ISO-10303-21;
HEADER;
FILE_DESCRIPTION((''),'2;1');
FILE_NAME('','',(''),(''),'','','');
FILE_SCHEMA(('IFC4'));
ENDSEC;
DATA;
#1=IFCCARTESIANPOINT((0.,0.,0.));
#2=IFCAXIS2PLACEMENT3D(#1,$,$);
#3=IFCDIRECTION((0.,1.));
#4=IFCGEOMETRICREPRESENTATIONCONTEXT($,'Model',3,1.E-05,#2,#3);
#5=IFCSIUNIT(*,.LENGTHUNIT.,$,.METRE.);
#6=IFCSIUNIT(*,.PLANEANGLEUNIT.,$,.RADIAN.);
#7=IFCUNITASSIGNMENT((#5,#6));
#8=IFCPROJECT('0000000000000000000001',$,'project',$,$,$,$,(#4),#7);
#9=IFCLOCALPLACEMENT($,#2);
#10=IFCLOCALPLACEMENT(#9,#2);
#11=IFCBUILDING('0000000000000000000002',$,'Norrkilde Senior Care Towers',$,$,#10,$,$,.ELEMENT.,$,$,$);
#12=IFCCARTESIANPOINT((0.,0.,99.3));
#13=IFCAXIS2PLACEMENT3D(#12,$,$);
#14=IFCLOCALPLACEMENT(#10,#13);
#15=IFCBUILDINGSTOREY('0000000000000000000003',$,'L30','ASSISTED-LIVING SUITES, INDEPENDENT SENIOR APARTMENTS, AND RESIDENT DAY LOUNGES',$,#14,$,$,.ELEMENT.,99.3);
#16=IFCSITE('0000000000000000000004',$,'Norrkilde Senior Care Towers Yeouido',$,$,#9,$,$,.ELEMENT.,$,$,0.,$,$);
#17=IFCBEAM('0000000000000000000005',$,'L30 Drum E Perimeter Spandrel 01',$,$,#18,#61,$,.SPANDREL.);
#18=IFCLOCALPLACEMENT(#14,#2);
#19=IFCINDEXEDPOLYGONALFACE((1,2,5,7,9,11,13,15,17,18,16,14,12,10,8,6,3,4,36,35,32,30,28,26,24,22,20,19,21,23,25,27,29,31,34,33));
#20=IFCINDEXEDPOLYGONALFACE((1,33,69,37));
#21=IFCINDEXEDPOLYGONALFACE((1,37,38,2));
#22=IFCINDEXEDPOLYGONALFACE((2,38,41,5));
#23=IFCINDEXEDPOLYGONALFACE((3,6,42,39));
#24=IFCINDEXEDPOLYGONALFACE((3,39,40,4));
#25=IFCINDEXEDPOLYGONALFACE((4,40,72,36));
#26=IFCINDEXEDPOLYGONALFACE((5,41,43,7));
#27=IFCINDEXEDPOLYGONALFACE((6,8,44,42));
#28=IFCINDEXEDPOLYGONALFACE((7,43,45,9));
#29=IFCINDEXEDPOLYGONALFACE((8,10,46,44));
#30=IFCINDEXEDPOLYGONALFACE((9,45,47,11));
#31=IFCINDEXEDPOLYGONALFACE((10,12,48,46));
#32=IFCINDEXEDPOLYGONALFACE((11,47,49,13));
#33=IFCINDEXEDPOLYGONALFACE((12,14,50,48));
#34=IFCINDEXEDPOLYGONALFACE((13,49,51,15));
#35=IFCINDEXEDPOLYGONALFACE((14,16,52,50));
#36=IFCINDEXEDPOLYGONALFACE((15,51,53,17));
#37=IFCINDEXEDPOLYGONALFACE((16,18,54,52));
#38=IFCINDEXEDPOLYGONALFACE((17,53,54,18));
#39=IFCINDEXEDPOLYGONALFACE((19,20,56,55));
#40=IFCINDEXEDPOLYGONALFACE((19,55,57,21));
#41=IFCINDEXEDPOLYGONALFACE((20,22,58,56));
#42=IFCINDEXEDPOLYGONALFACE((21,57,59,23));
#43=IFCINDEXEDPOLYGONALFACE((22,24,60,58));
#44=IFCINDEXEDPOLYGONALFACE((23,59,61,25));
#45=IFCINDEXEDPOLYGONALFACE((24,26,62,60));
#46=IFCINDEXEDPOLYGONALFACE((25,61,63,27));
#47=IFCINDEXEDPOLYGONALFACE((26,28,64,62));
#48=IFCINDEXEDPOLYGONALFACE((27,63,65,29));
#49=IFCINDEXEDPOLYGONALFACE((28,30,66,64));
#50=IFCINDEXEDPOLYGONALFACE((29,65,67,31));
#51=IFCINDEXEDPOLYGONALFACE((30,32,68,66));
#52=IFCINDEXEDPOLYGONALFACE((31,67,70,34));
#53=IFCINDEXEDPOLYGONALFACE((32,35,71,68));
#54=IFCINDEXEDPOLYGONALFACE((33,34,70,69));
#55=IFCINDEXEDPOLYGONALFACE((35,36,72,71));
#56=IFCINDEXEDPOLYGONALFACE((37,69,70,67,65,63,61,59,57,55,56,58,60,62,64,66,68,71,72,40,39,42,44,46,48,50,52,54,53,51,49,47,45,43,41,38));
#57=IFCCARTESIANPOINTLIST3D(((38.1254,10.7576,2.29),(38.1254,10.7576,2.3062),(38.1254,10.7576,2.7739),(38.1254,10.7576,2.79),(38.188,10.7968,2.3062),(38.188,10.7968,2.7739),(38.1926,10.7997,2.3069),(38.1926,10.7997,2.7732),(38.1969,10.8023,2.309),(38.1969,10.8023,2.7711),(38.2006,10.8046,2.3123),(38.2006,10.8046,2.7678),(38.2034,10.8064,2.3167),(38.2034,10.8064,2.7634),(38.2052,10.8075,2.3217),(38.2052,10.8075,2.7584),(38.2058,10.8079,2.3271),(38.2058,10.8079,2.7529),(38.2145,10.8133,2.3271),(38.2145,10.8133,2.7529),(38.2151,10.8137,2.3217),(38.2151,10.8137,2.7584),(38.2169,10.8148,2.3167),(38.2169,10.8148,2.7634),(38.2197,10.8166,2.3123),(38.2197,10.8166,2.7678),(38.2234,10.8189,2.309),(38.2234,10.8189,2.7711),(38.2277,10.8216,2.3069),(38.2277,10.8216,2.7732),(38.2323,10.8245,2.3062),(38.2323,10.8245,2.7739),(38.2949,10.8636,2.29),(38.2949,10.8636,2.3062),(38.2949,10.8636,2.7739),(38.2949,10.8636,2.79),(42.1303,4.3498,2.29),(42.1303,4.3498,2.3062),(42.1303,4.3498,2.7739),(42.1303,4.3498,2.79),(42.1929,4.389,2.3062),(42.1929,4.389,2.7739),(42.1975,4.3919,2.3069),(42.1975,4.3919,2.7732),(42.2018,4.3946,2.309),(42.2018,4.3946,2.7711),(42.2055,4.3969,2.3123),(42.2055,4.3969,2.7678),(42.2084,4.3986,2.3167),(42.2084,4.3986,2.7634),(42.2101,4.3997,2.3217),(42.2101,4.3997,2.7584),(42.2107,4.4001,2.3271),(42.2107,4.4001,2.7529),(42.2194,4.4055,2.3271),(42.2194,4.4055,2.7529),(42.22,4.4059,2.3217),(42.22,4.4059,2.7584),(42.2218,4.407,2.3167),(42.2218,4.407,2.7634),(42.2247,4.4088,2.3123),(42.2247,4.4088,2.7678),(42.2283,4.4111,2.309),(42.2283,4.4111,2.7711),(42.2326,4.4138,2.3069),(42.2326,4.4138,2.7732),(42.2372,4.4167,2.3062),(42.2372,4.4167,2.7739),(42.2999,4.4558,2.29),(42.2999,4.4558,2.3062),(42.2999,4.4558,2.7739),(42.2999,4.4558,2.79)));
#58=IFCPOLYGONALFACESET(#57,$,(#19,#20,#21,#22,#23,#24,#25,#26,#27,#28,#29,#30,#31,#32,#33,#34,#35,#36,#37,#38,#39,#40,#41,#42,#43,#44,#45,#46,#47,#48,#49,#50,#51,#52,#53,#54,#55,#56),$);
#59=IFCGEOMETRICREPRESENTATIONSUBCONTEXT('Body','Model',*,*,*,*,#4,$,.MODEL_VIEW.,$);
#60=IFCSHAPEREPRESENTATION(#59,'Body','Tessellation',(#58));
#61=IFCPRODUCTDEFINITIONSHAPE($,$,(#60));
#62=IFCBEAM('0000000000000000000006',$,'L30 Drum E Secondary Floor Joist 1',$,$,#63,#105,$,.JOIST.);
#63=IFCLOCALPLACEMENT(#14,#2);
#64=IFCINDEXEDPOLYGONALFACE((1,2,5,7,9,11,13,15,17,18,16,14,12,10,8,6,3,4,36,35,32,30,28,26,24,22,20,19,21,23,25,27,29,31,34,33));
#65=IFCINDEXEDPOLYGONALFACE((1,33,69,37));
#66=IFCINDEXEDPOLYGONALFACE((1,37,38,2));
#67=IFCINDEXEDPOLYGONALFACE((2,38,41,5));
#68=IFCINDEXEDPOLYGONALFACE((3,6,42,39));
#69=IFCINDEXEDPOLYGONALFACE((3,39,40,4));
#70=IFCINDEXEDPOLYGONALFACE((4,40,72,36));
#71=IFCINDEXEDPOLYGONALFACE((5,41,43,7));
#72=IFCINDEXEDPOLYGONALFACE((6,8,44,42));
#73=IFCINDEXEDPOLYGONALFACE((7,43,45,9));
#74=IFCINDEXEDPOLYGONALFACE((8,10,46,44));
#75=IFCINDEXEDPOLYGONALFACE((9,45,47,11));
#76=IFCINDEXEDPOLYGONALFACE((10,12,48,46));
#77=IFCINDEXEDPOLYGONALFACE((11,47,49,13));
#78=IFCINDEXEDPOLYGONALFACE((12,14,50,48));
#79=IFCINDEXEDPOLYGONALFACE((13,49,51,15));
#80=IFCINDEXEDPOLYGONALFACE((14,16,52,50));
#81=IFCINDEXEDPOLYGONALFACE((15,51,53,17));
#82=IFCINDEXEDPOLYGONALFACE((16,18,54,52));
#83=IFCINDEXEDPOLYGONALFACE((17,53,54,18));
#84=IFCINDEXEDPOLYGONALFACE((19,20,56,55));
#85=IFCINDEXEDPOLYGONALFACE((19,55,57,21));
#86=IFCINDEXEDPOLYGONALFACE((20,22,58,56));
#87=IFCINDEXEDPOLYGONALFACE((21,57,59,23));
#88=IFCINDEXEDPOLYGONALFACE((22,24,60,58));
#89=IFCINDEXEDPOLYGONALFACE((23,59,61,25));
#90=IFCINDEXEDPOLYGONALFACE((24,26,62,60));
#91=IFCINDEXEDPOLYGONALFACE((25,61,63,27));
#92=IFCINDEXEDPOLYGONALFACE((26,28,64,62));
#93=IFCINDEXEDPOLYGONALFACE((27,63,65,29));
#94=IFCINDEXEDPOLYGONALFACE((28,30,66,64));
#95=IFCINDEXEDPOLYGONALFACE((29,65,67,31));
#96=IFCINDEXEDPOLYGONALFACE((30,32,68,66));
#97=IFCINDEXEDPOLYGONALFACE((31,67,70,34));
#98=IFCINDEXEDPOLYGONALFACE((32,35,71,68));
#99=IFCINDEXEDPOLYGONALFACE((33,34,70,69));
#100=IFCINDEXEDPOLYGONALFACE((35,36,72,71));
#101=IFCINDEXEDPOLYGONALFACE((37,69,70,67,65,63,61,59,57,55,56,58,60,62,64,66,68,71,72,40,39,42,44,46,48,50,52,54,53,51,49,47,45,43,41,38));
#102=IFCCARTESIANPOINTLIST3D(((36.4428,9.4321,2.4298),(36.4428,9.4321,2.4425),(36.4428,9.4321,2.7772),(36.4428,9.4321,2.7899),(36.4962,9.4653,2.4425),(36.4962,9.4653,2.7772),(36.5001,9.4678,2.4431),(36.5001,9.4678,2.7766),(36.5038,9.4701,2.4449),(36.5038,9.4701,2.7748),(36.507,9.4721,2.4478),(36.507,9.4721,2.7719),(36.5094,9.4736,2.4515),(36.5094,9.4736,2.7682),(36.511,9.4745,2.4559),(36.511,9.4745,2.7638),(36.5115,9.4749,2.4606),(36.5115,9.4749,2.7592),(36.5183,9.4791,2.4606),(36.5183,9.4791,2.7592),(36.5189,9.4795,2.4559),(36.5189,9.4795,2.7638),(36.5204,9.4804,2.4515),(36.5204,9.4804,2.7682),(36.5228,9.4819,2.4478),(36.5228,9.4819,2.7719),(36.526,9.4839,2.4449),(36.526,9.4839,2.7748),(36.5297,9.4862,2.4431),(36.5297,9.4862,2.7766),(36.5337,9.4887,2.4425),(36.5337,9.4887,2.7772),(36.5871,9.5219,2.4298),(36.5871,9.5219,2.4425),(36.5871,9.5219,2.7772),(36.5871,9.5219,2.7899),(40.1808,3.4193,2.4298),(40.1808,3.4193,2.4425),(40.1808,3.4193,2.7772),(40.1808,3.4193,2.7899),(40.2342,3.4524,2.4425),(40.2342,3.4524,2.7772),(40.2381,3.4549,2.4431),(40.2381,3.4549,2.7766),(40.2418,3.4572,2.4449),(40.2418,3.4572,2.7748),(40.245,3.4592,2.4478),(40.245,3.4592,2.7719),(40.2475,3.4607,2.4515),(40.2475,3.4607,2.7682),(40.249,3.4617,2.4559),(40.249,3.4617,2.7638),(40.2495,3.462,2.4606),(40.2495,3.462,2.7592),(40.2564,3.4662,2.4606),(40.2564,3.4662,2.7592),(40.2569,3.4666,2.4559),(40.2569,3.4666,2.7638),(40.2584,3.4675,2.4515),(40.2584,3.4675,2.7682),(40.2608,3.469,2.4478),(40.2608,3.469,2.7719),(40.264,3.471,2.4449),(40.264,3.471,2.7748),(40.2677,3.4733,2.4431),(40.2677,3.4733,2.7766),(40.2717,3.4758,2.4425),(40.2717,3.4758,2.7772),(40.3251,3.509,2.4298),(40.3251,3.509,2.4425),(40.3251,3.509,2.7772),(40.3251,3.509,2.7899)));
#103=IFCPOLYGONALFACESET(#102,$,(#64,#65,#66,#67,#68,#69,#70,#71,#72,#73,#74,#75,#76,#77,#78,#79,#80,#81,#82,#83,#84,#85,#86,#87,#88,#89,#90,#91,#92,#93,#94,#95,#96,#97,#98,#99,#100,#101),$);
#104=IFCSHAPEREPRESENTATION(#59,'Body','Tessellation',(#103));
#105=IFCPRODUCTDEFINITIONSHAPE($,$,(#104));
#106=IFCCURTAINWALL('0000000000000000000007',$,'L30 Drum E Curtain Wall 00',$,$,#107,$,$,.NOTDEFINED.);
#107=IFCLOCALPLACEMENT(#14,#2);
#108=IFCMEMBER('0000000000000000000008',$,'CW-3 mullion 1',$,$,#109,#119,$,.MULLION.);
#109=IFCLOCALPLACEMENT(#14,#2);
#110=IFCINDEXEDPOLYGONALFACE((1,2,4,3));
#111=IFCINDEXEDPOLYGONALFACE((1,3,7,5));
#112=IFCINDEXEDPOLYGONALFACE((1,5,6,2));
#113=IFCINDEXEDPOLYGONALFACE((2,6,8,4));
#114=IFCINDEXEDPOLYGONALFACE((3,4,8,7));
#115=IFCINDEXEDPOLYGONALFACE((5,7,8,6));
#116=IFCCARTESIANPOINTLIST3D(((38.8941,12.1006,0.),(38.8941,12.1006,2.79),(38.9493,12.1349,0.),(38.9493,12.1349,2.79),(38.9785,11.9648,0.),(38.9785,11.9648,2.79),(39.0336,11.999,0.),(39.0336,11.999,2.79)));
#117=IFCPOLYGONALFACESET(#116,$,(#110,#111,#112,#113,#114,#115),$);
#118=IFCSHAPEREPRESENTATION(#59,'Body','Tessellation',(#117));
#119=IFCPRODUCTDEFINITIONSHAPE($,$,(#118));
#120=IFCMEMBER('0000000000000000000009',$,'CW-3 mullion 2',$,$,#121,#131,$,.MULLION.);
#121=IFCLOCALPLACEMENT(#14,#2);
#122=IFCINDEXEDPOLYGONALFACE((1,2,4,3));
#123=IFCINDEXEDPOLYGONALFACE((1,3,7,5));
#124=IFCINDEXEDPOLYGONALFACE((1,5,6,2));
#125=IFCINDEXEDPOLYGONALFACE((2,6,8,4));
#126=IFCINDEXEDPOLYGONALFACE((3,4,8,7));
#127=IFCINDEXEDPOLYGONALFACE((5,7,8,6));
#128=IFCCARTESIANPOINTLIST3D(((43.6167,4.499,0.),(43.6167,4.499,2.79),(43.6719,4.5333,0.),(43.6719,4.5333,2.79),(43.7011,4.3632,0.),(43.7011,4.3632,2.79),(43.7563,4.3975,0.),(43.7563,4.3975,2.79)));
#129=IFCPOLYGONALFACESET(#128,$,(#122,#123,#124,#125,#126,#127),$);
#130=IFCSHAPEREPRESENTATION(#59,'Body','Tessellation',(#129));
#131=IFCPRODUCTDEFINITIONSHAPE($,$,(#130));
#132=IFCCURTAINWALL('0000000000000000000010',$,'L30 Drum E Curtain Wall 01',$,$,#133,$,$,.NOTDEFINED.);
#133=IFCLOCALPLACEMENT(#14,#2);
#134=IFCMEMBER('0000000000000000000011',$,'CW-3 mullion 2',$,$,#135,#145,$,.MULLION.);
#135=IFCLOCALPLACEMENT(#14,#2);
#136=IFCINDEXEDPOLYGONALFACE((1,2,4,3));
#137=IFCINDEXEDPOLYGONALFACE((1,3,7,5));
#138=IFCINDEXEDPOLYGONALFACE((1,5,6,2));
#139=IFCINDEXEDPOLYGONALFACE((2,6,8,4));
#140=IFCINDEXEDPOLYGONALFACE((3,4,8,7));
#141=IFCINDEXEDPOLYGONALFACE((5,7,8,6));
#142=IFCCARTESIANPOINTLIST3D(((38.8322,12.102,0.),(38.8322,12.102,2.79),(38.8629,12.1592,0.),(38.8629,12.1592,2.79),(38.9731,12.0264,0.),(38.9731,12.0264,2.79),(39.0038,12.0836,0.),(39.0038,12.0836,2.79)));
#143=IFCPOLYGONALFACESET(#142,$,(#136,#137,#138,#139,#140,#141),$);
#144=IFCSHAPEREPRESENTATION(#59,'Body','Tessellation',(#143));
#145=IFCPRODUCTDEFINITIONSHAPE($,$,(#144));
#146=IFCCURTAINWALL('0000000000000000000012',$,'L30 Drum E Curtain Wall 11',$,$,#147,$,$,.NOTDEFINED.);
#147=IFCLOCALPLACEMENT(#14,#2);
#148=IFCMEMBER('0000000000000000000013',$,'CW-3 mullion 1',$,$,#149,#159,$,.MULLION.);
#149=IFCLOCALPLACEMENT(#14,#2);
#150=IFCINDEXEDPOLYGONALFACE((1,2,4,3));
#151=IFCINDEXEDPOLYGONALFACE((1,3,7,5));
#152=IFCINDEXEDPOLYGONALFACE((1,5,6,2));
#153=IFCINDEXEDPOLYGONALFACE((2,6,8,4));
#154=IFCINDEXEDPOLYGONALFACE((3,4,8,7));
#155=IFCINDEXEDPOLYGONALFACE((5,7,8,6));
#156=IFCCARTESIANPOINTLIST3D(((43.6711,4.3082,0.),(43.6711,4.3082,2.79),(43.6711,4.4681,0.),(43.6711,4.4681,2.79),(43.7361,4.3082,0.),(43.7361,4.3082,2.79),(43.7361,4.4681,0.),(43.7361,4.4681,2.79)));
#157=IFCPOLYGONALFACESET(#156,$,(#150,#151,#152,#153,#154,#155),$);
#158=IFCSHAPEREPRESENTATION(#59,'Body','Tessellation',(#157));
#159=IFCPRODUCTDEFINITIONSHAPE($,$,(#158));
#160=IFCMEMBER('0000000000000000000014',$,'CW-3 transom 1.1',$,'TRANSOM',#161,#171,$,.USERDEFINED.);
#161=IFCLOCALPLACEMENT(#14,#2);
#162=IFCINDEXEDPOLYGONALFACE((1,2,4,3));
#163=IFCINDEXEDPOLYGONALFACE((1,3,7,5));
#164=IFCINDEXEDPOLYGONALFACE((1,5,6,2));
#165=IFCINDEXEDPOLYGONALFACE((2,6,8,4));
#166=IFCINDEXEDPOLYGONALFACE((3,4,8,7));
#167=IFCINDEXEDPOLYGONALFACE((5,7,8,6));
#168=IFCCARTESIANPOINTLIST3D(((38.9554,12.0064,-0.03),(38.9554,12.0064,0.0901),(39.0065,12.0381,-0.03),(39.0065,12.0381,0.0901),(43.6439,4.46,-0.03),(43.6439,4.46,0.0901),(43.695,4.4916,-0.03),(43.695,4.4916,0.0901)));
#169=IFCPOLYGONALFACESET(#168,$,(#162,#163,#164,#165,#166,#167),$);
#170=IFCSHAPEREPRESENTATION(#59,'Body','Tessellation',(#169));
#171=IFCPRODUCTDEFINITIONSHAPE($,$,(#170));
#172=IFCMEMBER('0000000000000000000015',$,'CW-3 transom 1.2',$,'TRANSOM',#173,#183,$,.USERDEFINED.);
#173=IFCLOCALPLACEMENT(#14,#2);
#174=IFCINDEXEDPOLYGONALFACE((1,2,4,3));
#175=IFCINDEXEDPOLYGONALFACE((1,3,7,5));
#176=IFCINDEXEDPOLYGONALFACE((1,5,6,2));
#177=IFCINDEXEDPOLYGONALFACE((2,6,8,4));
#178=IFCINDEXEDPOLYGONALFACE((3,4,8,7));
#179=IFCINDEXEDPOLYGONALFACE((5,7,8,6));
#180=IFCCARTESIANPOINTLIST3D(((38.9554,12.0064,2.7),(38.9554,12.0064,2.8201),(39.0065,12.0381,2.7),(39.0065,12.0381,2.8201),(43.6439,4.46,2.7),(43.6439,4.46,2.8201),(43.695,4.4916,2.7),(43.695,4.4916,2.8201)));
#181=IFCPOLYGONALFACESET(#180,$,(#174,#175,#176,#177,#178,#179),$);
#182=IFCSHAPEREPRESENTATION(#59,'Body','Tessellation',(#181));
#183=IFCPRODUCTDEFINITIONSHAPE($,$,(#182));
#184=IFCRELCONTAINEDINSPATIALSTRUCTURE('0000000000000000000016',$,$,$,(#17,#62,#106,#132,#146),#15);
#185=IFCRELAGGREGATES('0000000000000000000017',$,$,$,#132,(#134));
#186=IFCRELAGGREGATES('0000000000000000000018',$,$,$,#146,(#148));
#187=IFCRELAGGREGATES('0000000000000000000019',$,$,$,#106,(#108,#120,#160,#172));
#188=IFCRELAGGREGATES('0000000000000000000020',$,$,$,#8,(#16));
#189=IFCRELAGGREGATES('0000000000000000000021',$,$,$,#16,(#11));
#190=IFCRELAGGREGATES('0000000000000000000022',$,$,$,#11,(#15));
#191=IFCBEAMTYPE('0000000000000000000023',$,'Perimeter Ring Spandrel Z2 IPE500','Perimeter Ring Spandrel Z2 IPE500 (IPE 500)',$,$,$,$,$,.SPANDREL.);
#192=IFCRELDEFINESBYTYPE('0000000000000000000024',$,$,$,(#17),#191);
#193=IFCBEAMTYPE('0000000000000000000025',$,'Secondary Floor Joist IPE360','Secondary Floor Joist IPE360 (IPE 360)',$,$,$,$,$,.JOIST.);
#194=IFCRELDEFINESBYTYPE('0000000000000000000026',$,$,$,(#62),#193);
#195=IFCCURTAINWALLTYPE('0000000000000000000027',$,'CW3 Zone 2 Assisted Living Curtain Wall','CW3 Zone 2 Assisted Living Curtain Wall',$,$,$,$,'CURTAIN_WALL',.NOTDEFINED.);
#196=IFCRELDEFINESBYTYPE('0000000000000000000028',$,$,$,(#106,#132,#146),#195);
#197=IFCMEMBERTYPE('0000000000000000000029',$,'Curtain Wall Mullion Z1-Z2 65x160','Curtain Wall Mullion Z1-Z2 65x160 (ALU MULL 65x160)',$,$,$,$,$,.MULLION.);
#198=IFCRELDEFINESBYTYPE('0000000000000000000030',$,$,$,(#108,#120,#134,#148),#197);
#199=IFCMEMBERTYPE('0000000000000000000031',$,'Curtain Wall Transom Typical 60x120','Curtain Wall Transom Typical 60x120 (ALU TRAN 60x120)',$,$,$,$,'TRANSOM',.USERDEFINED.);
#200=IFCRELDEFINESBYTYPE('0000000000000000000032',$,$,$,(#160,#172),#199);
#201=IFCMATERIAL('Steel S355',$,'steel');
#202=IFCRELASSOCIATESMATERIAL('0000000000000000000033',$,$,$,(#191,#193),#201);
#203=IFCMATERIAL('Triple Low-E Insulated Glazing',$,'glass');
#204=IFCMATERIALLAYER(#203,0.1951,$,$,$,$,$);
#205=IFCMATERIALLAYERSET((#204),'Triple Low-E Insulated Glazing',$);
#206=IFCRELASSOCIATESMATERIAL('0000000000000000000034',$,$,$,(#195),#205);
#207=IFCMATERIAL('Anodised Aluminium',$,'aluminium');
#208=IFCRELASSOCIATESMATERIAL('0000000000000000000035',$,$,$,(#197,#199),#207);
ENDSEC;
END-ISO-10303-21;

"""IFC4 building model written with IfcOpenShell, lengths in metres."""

from ifc_helpers import new_model, si_unit, direction, frame, origin, origin_2d, place, context, subcontext, project, spatial, rectangle, i_section, extrude, source, transform, mapped, material, layer, layer_set, material_profile, profile_set, type_object, type_shapes, element, aggregate, save


model = new_model("IFC4")

# Units and contexts
model_context = context("Model", 3, precision=1e-05, world=origin(), true_north=direction((0.0, 1.0)))
body_context = subcontext(model_context, "Body", "Model", "MODEL_VIEW")
ifc_project = project(units=[si_unit("LENGTHUNIT", "METRE"), si_unit("PLANEANGLEUNIT", "RADIAN")], contexts=[model_context])

# Site, building, storey
site_placement = place(None, origin())
site = spatial("IfcSite", under=ifc_project, at=site_placement, Name="Norrkilde Senior Care Towers Yeouido", CompositionType="ELEMENT", RefElevation=0.0)
building_placement = place(site_placement, origin())
building = spatial("IfcBuilding", under=site, at=building_placement, Name="Norrkilde Senior Care Towers", CompositionType="ELEMENT")
storey_placement = place(building_placement, frame((0.0, 0.0, 99.3)))
storey = spatial("IfcBuildingStorey", under=building, at=storey_placement, Name="L30", Description="ASSISTED-LIVING SUITES, INDEPENDENT SENIOR APARTMENTS, AND RESIDENT DAY LOUNGES", CompositionType="ELEMENT", Elevation=99.3)

# Beams
ifc_material_1 = material(Name="Steel S355", Category="steel")
ifc_material_profile_1 = material_profile(ifc_material_1, i_section(OverallWidth=0.2, OverallDepth=0.5, WebThickness=0.0103, FlangeThickness=0.0161, FilletRadius=0.021, at=origin_2d()), Name="IPE 500")
ifc_profile_set_1 = profile_set([ifc_material_profile_1], Name="Steel S355")
beam_type_1 = type_object("IfcBeamType", Name="Perimeter Ring Spandrel Z2 IPE500", Description="Perimeter Ring Spandrel Z2 IPE500 (IPE 500)", PredefinedType="SPANDREL", material=ifc_profile_set_1)
shared_shape_1 = source(origin(), body_context, "Body", "SweptSolid", [
    extrude(i_section(OverallWidth=0.2, OverallDepth=0.5, WebThickness=0.0103, FlangeThickness=0.0161, FilletRadius=0.021, at=origin_2d()), origin(), (0.0, 0.0, 1.0), 7.5564),
])
beam_1_placement = place(storey_placement, frame((42.2151, 4.4028, 2.54), z_axis=(-0.530005, 0.847995, 0.0), x_axis=(-0.847995, -0.530005, 0.0)))
element("IfcBeam", 1, at=beam_1_placement, inside=storey, type_object=beam_type_1, Name="L30 Drum E Perimeter Spandrel 01", PredefinedType="SPANDREL", context=body_context, shape_type="MappedRepresentation", body=[
    mapped(shared_shape_1, transform((0.0, 0.0, 0.0), x_axis=(1.0, 0.0, 0.0), y_axis=(0.0, 1.0, 0.0), z_axis=(0.0, 0.0, 1.0), scale=1.0)),
])
ifc_material_profile_2 = material_profile(ifc_material_1, i_section(OverallWidth=0.1699, OverallDepth=0.3601, WebThickness=0.0081, FlangeThickness=0.0127, FilletRadius=0.0181, at=origin_2d()), Name="IPE 360")
ifc_profile_set_2 = profile_set([ifc_material_profile_2], Name="Steel S355")
beam_type_2 = type_object("IfcBeamType", Name="Secondary Floor Joist IPE360", Description="Secondary Floor Joist IPE360 (IPE 360)", PredefinedType="JOIST", material=ifc_profile_set_2)
shared_shape_2 = source(origin(), body_context, "Body", "SweptSolid", [
    extrude(i_section(OverallWidth=0.1699, OverallDepth=0.3601, WebThickness=0.0081, FlangeThickness=0.0127, FilletRadius=0.0181, at=origin_2d()), origin(), (0.0, 0.0, 1.0), 7.0801),
])
type_shapes(beam_type_2, [shared_shape_2])
beam_2_placement = place(storey_placement, frame((40.2529, 3.4641, 2.6099), z_axis=(-0.527961, 0.849269, 0.0), x_axis=(-0.849269, -0.527961, 0.0)))
element("IfcBeam", 2, at=beam_2_placement, inside=storey, type_object=beam_type_2, Name="L30 Drum E Secondary Floor Joist 1", PredefinedType="JOIST", context=body_context, shape_type="MappedRepresentation", body=[
    mapped(shared_shape_2, transform((0.0, 0.0, 0.0), x_axis=(1.0, 0.0, 0.0), y_axis=(0.0, 1.0, 0.0), z_axis=(0.0, 0.0, 1.0), scale=1.0)),
])

# Curtain wall, members
ifc_material_2 = material(Name="Triple Low-E Insulated Glazing", Category="glass")
ifc_layer_1 = layer(ifc_material_2, 0.1951)
ifc_layer_set_1 = layer_set([ifc_layer_1], Name="Triple Low-E Insulated Glazing")
curtain_wall_type = type_object("IfcCurtainWallType", Name="CW3 Zone 2 Assisted Living Curtain Wall", Description="CW3 Zone 2 Assisted Living Curtain Wall", ElementType="CURTAIN_WALL", PredefinedType="NOTDEFINED", material=ifc_layer_set_1)
curtain_wall_1_placement = place(storey_placement, origin())
curtain_wall_1 = element("IfcCurtainWall", 3, at=curtain_wall_1_placement, inside=storey, type_object=curtain_wall_type, Name="L30 Drum E Curtain Wall 00", PredefinedType="NOTDEFINED")
ifc_material_3 = material(Name="Anodised Aluminium", Category="aluminium")
ifc_material_profile_3 = material_profile(ifc_material_3, rectangle(XDim=0.0649, YDim=0.1599, at=origin_2d()), Name="ALU MULL 65x160")
ifc_profile_set_3 = profile_set([ifc_material_profile_3], Name="Anodised Aluminium")
member_type_1 = type_object("IfcMemberType", Name="Curtain Wall Mullion Z1-Z2 65x160", Description="Curtain Wall Mullion Z1-Z2 65x160 (ALU MULL 65x160)", PredefinedType="MULLION", material=ifc_profile_set_3)
shared_shape_3 = source(origin(), body_context, "Body", "SweptSolid", [
    extrude(rectangle(XDim=0.0649, YDim=0.1599, at=origin_2d()), origin(), (0.0, 0.0, 1.0), 2.79),
])
type_shapes(member_type_1, [shared_shape_3])
member_1_placement = place(storey_placement, frame((38.9639, 12.0498, 0.0), z_axis=(0.0, 0.0, 1.0), x_axis=(0.84941, 0.527733, 0.0)))
member_1 = element("IfcMember", 4, at=member_1_placement, type_object=member_type_1, Name="CW-3 mullion 1", PredefinedType="MULLION", context=body_context, shape_type="MappedRepresentation", body=[
    mapped(shared_shape_3, transform((0.0, 0.0, 0.0), x_axis=(1.0, 0.0, 0.0), y_axis=(0.0, 1.0, 0.0), z_axis=(0.0, 0.0, 1.0), scale=1.0)),
])
member_2_placement = place(storey_placement, frame((43.6865, 4.4482, 0.0), z_axis=(0.0, 0.0, 1.0), x_axis=(0.84941, 0.527733, 0.0)))
member_2 = element("IfcMember", 5, at=member_2_placement, type_object=member_type_1, Name="CW-3 mullion 2", PredefinedType="MULLION", context=body_context, shape_type="MappedRepresentation", body=[
    mapped(shared_shape_3, transform((0.0, 0.0, 0.0), x_axis=(1.0, 0.0, 0.0), y_axis=(0.0, 1.0, 0.0), z_axis=(0.0, 0.0, 1.0), scale=1.0)),
])

# Curtain walls, members
curtain_wall_2_placement = place(storey_placement, origin())
curtain_wall_2 = element("IfcCurtainWall", 6, at=curtain_wall_2_placement, inside=storey, type_object=curtain_wall_type, Name="L30 Drum E Curtain Wall 01", PredefinedType="NOTDEFINED")
member_3_placement = place(storey_placement, frame((38.918, 12.0928, 0.0), z_axis=(0.0, 0.0, 1.0), x_axis=(0.472769, 0.881186, 0.0)))
member_3 = element("IfcMember", 7, at=member_3_placement, type_object=member_type_1, Name="CW-3 mullion 2", PredefinedType="MULLION", context=body_context, shape_type="MappedRepresentation", body=[
    mapped(shared_shape_3, transform((0.0, 0.0, 0.0), x_axis=(1.0, 0.0, 0.0), y_axis=(0.0, 1.0, 0.0), z_axis=(0.0, 0.0, 1.0), scale=1.0)),
])
aggregate(curtain_wall_2, [member_3])
curtain_wall_3_placement = place(storey_placement, origin())
curtain_wall_3 = element("IfcCurtainWall", 8, at=curtain_wall_3_placement, inside=storey, type_object=curtain_wall_type, Name="L30 Drum E Curtain Wall 11", PredefinedType="NOTDEFINED")
member_4_placement = place(storey_placement, frame((43.7036, 4.3882, 0.0), z_axis=(0.0, 0.0, 1.0), x_axis=(1.0, 0.0, 0.0)))
member_4 = element("IfcMember", 9, at=member_4_placement, type_object=member_type_1, Name="CW-3 mullion 1", PredefinedType="MULLION", context=body_context, shape_type="MappedRepresentation", body=[
    mapped(shared_shape_3, transform((0.0, 0.0, 0.0), x_axis=(1.0, 0.0, 0.0), y_axis=(0.0, 1.0, 0.0), z_axis=(0.0, 0.0, 1.0), scale=1.0)),
])

# Members
ifc_material_profile_4 = material_profile(ifc_material_3, rectangle(XDim=0.0601, YDim=0.1201, at=origin_2d()), Name="ALU TRAN 60x120")
ifc_profile_set_4 = profile_set([ifc_material_profile_4], Name="Anodised Aluminium")
member_type_2 = type_object("IfcMemberType", Name="Curtain Wall Transom Typical 60x120", Description="Curtain Wall Transom Typical 60x120 (ALU TRAN 60x120)", ElementType="TRANSOM", PredefinedType="USERDEFINED", material=ifc_profile_set_4)
shared_shape_4 = source(origin(), body_context, "Body", "SweptSolid", [
    extrude(rectangle(XDim=0.0601, YDim=0.1201, at=origin_2d()), origin(), (0.0, 0.0, 1.0), 8.8843),
])
member_5_placement = place(storey_placement, frame((38.981, 12.0222, 0.03), z_axis=(0.527729, -0.849413, 0.0), x_axis=(0.849413, 0.527729, 0.0)))
member_5 = element("IfcMember", 10, at=member_5_placement, type_object=member_type_2, Name="CW-3 transom 1.1", ObjectType="TRANSOM", PredefinedType="USERDEFINED", context=body_context, shape_type="MappedRepresentation", body=[
    mapped(shared_shape_4, transform((0.0, 0.0, 0.0), x_axis=(1.0, 0.0, 0.0), y_axis=(0.0, 1.0, 0.0), z_axis=(0.0, 0.0, 1.0), scale=1.0)),
])
member_6_placement = place(storey_placement, frame((38.981, 12.0222, 2.76), z_axis=(0.527729, -0.849413, 0.0), x_axis=(0.849413, 0.527729, 0.0)))
member_6 = element("IfcMember", 11, at=member_6_placement, type_object=member_type_2, Name="CW-3 transom 1.2", ObjectType="TRANSOM", PredefinedType="USERDEFINED", context=body_context, shape_type="MappedRepresentation", body=[
    mapped(shared_shape_4, transform((0.0, 0.0, 0.0), x_axis=(1.0, 0.0, 0.0), y_axis=(0.0, 1.0, 0.0), z_axis=(0.0, 0.0, 1.0), scale=1.0)),
])
aggregate(curtain_wall_3, [member_4])

aggregate(curtain_wall_1, [member_1, member_2, member_5, member_6])

save(model, "model.ifc")
